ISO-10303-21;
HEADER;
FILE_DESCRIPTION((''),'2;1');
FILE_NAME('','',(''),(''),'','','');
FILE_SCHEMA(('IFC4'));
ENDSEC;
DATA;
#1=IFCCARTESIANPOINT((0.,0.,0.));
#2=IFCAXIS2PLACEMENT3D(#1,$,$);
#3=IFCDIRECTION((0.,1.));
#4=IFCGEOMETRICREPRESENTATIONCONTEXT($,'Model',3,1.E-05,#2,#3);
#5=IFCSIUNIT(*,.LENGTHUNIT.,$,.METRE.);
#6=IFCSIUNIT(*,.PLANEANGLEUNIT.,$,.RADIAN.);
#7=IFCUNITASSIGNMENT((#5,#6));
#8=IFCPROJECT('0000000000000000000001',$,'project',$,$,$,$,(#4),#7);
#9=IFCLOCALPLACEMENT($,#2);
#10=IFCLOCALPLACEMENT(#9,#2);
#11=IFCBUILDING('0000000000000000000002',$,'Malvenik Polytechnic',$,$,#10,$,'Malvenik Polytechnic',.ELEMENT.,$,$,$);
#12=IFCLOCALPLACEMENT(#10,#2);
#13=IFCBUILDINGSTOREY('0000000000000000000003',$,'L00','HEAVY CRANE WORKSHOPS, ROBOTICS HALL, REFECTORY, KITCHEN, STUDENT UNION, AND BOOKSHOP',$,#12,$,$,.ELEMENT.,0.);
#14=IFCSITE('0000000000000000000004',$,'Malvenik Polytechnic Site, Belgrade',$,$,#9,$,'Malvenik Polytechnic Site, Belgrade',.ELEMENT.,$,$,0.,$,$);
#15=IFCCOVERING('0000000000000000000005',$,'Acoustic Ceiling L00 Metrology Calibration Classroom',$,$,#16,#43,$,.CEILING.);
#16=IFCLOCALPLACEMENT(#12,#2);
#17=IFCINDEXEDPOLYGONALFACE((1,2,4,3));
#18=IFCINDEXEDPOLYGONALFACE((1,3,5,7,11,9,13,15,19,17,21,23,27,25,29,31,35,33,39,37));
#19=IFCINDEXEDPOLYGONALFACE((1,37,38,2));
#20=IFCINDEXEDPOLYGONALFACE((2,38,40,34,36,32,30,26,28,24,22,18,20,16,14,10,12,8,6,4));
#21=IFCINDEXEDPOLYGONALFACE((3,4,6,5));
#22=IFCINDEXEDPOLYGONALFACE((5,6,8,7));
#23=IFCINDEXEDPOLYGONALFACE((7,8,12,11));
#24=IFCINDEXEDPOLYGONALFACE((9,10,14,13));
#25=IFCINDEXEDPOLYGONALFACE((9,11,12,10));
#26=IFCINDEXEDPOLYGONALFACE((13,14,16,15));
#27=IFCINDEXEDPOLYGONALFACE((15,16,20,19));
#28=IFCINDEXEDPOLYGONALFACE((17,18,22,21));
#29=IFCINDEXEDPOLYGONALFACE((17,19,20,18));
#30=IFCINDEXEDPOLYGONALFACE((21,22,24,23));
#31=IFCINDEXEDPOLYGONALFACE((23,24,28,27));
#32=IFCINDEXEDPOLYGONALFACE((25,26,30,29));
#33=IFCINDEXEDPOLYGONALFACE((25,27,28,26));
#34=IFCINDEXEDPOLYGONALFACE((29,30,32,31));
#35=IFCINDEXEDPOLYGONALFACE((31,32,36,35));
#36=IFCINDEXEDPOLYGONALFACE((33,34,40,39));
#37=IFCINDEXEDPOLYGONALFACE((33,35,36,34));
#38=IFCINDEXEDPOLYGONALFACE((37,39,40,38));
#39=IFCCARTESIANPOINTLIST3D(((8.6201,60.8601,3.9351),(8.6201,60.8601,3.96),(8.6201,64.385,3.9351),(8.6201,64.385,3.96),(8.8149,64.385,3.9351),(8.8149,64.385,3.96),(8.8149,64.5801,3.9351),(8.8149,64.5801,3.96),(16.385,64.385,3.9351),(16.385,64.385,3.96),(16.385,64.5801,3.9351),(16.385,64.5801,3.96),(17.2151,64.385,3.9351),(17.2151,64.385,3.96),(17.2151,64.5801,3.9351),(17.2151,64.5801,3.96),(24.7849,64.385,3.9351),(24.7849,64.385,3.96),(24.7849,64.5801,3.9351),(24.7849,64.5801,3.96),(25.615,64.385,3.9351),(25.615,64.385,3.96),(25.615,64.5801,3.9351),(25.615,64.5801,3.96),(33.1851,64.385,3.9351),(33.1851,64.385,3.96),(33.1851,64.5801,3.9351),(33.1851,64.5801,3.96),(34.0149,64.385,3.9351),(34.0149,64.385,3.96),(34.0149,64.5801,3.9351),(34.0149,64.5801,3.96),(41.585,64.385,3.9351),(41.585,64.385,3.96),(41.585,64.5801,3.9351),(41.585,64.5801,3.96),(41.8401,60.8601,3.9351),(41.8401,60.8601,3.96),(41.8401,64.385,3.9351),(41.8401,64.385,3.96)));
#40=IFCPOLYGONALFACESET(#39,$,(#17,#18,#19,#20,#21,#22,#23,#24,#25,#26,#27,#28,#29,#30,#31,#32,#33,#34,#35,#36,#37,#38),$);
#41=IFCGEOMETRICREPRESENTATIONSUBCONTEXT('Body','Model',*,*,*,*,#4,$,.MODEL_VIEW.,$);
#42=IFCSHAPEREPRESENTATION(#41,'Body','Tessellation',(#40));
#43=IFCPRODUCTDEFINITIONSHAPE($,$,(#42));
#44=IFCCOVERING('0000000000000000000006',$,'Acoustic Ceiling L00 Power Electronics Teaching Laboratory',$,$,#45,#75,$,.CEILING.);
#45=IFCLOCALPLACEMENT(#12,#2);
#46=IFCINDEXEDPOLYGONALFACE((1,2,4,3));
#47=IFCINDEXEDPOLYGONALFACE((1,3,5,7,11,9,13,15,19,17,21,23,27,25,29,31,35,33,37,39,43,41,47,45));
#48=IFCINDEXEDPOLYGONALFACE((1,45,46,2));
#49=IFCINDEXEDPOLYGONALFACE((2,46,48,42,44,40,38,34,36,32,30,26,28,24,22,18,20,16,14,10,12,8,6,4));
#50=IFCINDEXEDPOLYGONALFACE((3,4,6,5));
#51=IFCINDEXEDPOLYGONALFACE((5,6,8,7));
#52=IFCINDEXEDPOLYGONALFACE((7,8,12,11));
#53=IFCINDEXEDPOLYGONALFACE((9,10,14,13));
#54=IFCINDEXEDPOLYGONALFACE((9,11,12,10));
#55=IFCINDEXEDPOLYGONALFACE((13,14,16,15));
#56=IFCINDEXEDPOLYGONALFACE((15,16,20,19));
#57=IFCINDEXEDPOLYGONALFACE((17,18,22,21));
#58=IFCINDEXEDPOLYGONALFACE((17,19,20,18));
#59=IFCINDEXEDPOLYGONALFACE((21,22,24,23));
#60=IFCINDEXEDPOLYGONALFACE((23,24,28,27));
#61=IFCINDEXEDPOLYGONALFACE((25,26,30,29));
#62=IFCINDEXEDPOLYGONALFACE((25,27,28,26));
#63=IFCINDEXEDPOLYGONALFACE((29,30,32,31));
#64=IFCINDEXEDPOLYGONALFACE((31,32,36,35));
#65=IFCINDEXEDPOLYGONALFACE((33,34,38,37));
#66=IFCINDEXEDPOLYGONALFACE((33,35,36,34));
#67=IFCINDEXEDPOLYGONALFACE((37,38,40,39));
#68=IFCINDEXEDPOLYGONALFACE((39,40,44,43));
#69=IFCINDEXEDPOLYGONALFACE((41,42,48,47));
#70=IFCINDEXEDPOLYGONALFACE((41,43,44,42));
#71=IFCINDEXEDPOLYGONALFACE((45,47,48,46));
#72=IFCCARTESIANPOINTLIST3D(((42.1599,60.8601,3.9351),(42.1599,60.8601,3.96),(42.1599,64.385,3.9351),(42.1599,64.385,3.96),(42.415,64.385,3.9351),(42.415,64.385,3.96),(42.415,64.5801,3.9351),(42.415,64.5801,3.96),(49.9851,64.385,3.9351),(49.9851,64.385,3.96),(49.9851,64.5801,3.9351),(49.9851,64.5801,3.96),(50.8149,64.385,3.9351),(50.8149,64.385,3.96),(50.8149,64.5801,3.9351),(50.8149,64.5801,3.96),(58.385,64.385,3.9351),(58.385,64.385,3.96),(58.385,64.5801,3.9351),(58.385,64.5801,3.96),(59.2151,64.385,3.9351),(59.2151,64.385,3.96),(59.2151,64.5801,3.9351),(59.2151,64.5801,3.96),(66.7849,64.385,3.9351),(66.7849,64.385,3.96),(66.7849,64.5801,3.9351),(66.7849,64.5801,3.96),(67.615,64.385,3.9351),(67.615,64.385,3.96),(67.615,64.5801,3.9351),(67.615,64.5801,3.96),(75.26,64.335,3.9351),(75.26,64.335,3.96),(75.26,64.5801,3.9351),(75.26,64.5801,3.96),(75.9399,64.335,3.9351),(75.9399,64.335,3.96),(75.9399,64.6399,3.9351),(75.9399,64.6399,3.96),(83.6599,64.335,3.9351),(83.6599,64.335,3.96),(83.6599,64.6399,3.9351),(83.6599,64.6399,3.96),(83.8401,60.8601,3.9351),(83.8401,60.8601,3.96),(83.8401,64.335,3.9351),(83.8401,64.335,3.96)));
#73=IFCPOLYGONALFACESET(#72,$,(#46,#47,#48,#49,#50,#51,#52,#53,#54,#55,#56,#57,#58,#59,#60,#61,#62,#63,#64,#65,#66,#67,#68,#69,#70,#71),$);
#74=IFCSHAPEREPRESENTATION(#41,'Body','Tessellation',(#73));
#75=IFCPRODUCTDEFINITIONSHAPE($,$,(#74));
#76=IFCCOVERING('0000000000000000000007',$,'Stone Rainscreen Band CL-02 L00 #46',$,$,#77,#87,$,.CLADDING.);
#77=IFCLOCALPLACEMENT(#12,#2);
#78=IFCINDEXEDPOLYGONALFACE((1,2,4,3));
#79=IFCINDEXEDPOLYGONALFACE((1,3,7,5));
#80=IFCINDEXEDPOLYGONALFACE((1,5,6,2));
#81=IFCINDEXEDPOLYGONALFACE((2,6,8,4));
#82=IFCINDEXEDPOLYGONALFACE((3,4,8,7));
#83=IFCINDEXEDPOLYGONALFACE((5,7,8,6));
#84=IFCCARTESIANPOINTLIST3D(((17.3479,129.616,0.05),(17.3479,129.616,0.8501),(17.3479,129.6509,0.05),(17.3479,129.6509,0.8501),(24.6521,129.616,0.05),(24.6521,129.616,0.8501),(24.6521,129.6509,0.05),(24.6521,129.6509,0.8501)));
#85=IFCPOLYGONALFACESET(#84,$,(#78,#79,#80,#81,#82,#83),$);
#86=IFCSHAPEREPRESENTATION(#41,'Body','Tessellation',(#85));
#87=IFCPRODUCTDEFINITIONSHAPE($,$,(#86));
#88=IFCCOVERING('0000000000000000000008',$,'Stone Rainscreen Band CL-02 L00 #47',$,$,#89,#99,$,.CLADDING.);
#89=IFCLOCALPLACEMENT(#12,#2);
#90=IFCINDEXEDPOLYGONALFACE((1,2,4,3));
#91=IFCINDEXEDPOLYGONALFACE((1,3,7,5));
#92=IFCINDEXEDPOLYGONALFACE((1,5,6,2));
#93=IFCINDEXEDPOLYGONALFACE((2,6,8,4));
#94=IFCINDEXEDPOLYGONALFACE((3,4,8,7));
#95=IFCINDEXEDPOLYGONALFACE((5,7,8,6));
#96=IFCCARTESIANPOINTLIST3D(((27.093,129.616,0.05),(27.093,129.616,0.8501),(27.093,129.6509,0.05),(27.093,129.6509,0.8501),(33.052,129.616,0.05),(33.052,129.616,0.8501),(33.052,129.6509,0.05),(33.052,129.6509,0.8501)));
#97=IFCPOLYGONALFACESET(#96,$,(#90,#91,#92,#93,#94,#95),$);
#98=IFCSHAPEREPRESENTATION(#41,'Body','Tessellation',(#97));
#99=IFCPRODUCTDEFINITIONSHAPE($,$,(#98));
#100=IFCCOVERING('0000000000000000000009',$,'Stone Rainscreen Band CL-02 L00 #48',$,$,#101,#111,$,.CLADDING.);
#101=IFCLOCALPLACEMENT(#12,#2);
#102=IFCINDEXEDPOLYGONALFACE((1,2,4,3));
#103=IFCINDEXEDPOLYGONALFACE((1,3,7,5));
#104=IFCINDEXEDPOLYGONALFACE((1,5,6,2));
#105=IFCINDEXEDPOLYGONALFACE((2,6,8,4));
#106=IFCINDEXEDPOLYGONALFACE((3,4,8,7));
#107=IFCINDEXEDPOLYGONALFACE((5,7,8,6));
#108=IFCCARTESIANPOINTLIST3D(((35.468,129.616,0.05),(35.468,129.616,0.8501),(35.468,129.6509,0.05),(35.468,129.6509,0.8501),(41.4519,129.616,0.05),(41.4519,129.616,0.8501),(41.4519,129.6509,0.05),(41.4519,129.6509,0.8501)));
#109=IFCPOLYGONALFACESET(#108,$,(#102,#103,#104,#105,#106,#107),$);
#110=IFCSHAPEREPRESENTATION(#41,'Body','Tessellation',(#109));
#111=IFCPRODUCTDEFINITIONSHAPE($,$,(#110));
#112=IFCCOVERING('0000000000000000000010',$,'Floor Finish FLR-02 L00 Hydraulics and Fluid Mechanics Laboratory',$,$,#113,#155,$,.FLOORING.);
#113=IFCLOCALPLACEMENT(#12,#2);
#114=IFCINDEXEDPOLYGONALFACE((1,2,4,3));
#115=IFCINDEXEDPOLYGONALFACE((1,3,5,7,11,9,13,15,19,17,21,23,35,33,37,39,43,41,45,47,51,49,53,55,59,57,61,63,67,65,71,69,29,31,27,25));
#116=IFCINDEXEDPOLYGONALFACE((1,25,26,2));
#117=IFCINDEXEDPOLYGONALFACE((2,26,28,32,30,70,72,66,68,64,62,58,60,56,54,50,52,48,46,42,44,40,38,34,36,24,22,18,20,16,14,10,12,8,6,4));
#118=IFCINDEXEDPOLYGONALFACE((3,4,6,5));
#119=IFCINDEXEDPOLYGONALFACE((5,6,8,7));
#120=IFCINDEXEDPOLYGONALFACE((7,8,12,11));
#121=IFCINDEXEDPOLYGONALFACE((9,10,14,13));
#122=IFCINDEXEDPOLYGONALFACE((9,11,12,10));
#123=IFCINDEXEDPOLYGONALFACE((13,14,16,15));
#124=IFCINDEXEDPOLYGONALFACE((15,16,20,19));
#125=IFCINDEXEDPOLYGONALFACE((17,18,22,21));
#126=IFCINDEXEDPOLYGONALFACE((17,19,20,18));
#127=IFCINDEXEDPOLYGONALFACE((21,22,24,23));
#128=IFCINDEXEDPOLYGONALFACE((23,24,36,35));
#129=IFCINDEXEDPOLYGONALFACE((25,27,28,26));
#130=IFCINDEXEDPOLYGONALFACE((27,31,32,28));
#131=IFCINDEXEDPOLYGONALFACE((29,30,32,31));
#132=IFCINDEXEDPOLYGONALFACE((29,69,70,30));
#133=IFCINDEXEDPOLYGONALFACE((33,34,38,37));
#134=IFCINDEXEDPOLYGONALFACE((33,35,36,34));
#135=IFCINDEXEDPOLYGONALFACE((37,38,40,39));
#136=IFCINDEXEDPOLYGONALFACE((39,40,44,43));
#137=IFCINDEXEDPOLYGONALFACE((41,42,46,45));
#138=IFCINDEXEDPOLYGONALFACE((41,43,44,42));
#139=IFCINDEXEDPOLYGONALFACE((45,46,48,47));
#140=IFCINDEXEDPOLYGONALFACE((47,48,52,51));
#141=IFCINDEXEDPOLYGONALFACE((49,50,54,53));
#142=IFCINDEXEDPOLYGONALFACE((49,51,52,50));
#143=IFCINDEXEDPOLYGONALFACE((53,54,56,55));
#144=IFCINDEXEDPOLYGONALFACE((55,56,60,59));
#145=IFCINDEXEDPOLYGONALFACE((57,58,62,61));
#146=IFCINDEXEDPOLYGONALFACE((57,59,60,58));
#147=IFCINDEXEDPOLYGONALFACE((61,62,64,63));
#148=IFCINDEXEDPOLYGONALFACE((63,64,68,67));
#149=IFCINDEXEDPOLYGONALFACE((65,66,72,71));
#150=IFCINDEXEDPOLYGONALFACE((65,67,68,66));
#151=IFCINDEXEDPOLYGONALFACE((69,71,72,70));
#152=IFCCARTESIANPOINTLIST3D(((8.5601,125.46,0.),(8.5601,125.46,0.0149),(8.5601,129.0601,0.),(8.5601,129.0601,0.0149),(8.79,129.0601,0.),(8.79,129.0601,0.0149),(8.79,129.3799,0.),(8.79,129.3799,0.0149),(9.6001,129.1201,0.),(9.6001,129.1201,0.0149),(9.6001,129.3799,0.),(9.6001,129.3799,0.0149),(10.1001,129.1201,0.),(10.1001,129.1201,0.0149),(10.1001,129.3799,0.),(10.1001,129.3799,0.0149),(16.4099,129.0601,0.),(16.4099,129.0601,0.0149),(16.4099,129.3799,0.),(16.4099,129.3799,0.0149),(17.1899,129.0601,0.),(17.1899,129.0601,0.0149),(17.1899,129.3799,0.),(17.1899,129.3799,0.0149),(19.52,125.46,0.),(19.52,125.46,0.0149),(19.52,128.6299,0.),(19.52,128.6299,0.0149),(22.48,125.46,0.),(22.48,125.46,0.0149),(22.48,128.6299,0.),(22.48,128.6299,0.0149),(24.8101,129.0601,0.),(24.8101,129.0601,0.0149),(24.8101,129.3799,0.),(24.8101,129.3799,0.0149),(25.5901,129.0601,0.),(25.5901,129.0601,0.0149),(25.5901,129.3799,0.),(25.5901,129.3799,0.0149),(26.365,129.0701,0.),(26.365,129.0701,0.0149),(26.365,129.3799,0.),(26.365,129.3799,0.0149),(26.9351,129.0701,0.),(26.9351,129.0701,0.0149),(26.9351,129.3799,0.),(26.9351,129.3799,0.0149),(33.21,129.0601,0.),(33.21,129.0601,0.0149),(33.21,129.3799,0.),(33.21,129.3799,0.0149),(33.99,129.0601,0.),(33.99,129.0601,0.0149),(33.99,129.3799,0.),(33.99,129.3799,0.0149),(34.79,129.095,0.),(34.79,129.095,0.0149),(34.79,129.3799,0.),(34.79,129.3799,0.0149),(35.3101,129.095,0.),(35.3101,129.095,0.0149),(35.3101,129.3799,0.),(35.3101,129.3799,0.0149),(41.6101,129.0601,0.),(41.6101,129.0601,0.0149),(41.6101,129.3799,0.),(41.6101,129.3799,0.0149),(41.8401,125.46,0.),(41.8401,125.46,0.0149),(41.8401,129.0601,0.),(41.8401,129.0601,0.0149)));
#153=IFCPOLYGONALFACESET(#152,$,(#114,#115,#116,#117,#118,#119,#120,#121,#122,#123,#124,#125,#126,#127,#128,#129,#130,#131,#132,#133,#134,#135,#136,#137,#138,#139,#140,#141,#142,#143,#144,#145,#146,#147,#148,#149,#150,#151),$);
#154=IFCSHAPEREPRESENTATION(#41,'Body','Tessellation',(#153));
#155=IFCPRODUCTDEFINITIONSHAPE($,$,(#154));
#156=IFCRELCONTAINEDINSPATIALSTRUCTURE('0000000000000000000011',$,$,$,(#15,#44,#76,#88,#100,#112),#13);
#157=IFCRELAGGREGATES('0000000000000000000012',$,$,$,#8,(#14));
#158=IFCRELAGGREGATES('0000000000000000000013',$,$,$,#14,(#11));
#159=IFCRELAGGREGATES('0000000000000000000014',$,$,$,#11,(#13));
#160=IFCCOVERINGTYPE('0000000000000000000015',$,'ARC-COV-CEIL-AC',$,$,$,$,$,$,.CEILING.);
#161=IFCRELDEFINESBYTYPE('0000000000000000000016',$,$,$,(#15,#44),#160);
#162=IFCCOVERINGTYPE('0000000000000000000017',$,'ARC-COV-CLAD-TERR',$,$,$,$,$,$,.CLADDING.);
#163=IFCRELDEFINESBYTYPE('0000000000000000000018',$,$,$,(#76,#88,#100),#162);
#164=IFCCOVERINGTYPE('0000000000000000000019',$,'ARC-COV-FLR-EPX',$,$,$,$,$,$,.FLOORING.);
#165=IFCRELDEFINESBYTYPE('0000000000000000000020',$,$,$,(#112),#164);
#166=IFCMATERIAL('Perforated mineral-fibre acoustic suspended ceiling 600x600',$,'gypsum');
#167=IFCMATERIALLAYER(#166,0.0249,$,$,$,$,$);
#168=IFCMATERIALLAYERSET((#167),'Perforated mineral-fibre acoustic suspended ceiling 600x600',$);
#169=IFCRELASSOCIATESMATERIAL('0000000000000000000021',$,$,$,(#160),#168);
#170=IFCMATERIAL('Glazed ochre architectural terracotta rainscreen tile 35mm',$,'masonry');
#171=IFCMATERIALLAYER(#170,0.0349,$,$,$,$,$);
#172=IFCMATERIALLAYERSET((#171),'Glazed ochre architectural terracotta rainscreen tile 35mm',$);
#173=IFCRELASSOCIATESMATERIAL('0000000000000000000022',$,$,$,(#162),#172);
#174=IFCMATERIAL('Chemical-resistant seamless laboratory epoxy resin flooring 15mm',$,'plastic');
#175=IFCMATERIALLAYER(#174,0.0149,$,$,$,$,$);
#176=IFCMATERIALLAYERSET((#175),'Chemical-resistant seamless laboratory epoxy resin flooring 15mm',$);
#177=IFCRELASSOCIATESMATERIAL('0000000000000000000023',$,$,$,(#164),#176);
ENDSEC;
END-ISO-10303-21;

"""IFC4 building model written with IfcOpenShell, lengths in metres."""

from ifc_helpers import new_model, si_unit, direction, frame, origin, place, context, subcontext, project, spatial, polyline, outline, extrude, material, layer, layer_set, type_object, element, save


model = new_model("IFC4")

# Units and contexts
model_context = context("Model", 3, precision=1e-05, world=origin(), true_north=direction((0.0, 1.0)))
body_context = subcontext(model_context, "Body", "Model", "MODEL_VIEW")
ifc_project = project(units=[si_unit("LENGTHUNIT", "METRE"), si_unit("PLANEANGLEUNIT", "RADIAN")], contexts=[model_context])

# Site, building, storey
site_placement = place(None, origin())
site = spatial("IfcSite", under=ifc_project, at=site_placement, Name="Malvenik Polytechnic Site, Belgrade", LongName="Malvenik Polytechnic Site, Belgrade", CompositionType="ELEMENT", RefElevation=0.0)
building_placement = place(site_placement, origin())
building = spatial("IfcBuilding", under=site, at=building_placement, Name="Malvenik Polytechnic", LongName="Malvenik Polytechnic", CompositionType="ELEMENT")
storey_placement = place(building_placement, origin())
storey = spatial("IfcBuildingStorey", under=building, at=storey_placement, Name="L00", Description="HEAVY CRANE WORKSHOPS, ROBOTICS HALL, REFECTORY, KITCHEN, STUDENT UNION, AND BOOKSHOP", CompositionType="ELEMENT", Elevation=0.0)

# Coverings
ifc_material_1 = material(Name="Perforated mineral-fibre acoustic suspended ceiling 600x600", Category="gypsum")
ifc_layer_1 = layer(ifc_material_1, 0.0249)
ifc_layer_set_1 = layer_set([ifc_layer_1], Name="Perforated mineral-fibre acoustic suspended ceiling 600x600")
covering_type_1 = type_object("IfcCoveringType", Name="ARC-COV-CEIL-AC", PredefinedType="CEILING", material=ifc_layer_set_1)
covering_1_placement = place(storey_placement, frame((0.0, 0.0, 3.9351)))
element("IfcCovering", 1, at=covering_1_placement, inside=storey, type_object=covering_type_1, Name="Acoustic Ceiling L00 Metrology Calibration Classroom", PredefinedType="CEILING", context=body_context, shape_type="SweptSolid", body=[
    extrude(outline(polyline([(8.6201, 64.385), (8.8149, 64.385), (8.8149, 64.5801), (16.385, 64.5801), (16.385, 64.385), (17.2151, 64.385), (17.2151, 64.5801), (24.7849, 64.5801), (24.7849, 64.385), (25.615, 64.385), (25.615, 64.5801), (33.1851, 64.5801), (33.1851, 64.385), (34.0149, 64.385), (34.0149, 64.5801), (41.585, 64.5801), (41.585, 64.385), (41.8401, 64.385), (41.8401, 60.8601), (8.6201, 60.8601), (8.6201, 64.385)])), origin(), (0.0, 0.0, 1.0), 0.0249),
])
covering_2_placement = place(storey_placement, frame((0.0, 0.0, 3.9351)))
element("IfcCovering", 2, at=covering_2_placement, inside=storey, type_object=covering_type_1, Name="Acoustic Ceiling L00 Power Electronics Teaching Laboratory", PredefinedType="CEILING", context=body_context, shape_type="SweptSolid", body=[
    extrude(outline(polyline([(49.9851, 64.385), (50.8149, 64.385), (50.8149, 64.5801), (58.385, 64.5801), (58.385, 64.385), (59.2151, 64.385), (59.2151, 64.5801), (66.7849, 64.5801), (66.7849, 64.385), (67.615, 64.385), (67.615, 64.5801), (75.26, 64.5801), (75.26, 64.335), (75.9399, 64.335), (75.9399, 64.6399), (83.6599, 64.6399), (83.6599, 64.335), (83.8401, 64.335), (83.8401, 60.8601), (42.1599, 60.8601), (42.1599, 64.385), (42.415, 64.385), (42.415, 64.5801), (49.9851, 64.5801), (49.9851, 64.385)])), origin(), (0.0, 0.0, 1.0), 0.0249),
])
ifc_material_2 = material(Name="Glazed ochre architectural terracotta rainscreen tile 35mm", Category="masonry")
ifc_layer_2 = layer(ifc_material_2, 0.0349)
ifc_layer_set_2 = layer_set([ifc_layer_2], Name="Glazed ochre architectural terracotta rainscreen tile 35mm")
covering_type_2 = type_object("IfcCoveringType", Name="ARC-COV-CLAD-TERR", PredefinedType="CLADDING", material=ifc_layer_set_2)
covering_3_placement = place(storey_placement, frame((0.0, 0.0, 0.05)))
element("IfcCovering", 3, at=covering_3_placement, inside=storey, type_object=covering_type_2, Name="Stone Rainscreen Band CL-02 L00 #46", PredefinedType="CLADDING", context=body_context, shape_type="SweptSolid", body=[
    extrude(outline(polyline([(17.3479, 129.616), (24.6521, 129.616), (24.6521, 129.6509), (17.3479, 129.6509), (17.3479, 129.616)])), origin(), (0.0, 0.0, 1.0), 0.8),
])
covering_4_placement = place(storey_placement, frame((0.0, 0.0, 0.05)))
element("IfcCovering", 4, at=covering_4_placement, inside=storey, type_object=covering_type_2, Name="Stone Rainscreen Band CL-02 L00 #47", PredefinedType="CLADDING", context=body_context, shape_type="SweptSolid", body=[
    extrude(outline(polyline([(27.093, 129.616), (33.052, 129.616), (33.052, 129.6509), (27.093, 129.6509), (27.093, 129.616)])), origin(), (0.0, 0.0, 1.0), 0.8),
])
covering_5_placement = place(storey_placement, frame((0.0, 0.0, 0.05)))
element("IfcCovering", 5, at=covering_5_placement, inside=storey, type_object=covering_type_2, Name="Stone Rainscreen Band CL-02 L00 #48", PredefinedType="CLADDING", context=body_context, shape_type="SweptSolid", body=[
    extrude(outline(polyline([(35.468, 129.616), (41.4519, 129.616), (41.4519, 129.6509), (35.468, 129.6509), (35.468, 129.616)])), origin(), (0.0, 0.0, 1.0), 0.8),
])
ifc_material_3 = material(Name="Chemical-resistant seamless laboratory epoxy resin flooring 15mm", Category="plastic")
ifc_layer_3 = layer(ifc_material_3, 0.0149)
ifc_layer_set_3 = layer_set([ifc_layer_3], Name="Chemical-resistant seamless laboratory epoxy resin flooring 15mm")
covering_type_3 = type_object("IfcCoveringType", Name="ARC-COV-FLR-EPX", PredefinedType="FLOORING", material=ifc_layer_set_3)
covering_6_placement = place(storey_placement, origin())
element("IfcCovering", 6, at=covering_6_placement, inside=storey, type_object=covering_type_3, Name="Floor Finish FLR-02 L00 Hydraulics and Fluid Mechanics Laboratory", PredefinedType="FLOORING", context=body_context, shape_type="SweptSolid", body=[
    extrude(outline(polyline([(9.6001, 129.1201), (10.1001, 129.1201), (10.1001, 129.3799), (16.4099, 129.3799), (16.4099, 129.0601), (17.1899, 129.0601), (17.1899, 129.3799), (24.8101, 129.3799), (24.8101, 129.0601), (25.5901, 129.0601), (25.5901, 129.3799), (26.365, 129.3799), (26.365, 129.0701), (26.9351, 129.0701), (26.9351, 129.3799), (33.21, 129.3799), (33.21, 129.0601), (33.99, 129.0601), (33.99, 129.3799), (34.79, 129.3799), (34.79, 129.095), (35.3101, 129.095), (35.3101, 129.3799), (41.6101, 129.3799), (41.6101, 129.0601), (41.8401, 129.0601), (41.8401, 125.46), (22.48, 125.46), (22.48, 128.6299), (19.52, 128.6299), (19.52, 125.46), (8.5601, 125.46), (8.5601, 129.0601), (8.79, 129.0601), (8.79, 129.3799), (9.6001, 129.3799), (9.6001, 129.1201)])), origin(), (0.0, 0.0, 1.0), 0.0149),
])

save(model, "model.ifc")
